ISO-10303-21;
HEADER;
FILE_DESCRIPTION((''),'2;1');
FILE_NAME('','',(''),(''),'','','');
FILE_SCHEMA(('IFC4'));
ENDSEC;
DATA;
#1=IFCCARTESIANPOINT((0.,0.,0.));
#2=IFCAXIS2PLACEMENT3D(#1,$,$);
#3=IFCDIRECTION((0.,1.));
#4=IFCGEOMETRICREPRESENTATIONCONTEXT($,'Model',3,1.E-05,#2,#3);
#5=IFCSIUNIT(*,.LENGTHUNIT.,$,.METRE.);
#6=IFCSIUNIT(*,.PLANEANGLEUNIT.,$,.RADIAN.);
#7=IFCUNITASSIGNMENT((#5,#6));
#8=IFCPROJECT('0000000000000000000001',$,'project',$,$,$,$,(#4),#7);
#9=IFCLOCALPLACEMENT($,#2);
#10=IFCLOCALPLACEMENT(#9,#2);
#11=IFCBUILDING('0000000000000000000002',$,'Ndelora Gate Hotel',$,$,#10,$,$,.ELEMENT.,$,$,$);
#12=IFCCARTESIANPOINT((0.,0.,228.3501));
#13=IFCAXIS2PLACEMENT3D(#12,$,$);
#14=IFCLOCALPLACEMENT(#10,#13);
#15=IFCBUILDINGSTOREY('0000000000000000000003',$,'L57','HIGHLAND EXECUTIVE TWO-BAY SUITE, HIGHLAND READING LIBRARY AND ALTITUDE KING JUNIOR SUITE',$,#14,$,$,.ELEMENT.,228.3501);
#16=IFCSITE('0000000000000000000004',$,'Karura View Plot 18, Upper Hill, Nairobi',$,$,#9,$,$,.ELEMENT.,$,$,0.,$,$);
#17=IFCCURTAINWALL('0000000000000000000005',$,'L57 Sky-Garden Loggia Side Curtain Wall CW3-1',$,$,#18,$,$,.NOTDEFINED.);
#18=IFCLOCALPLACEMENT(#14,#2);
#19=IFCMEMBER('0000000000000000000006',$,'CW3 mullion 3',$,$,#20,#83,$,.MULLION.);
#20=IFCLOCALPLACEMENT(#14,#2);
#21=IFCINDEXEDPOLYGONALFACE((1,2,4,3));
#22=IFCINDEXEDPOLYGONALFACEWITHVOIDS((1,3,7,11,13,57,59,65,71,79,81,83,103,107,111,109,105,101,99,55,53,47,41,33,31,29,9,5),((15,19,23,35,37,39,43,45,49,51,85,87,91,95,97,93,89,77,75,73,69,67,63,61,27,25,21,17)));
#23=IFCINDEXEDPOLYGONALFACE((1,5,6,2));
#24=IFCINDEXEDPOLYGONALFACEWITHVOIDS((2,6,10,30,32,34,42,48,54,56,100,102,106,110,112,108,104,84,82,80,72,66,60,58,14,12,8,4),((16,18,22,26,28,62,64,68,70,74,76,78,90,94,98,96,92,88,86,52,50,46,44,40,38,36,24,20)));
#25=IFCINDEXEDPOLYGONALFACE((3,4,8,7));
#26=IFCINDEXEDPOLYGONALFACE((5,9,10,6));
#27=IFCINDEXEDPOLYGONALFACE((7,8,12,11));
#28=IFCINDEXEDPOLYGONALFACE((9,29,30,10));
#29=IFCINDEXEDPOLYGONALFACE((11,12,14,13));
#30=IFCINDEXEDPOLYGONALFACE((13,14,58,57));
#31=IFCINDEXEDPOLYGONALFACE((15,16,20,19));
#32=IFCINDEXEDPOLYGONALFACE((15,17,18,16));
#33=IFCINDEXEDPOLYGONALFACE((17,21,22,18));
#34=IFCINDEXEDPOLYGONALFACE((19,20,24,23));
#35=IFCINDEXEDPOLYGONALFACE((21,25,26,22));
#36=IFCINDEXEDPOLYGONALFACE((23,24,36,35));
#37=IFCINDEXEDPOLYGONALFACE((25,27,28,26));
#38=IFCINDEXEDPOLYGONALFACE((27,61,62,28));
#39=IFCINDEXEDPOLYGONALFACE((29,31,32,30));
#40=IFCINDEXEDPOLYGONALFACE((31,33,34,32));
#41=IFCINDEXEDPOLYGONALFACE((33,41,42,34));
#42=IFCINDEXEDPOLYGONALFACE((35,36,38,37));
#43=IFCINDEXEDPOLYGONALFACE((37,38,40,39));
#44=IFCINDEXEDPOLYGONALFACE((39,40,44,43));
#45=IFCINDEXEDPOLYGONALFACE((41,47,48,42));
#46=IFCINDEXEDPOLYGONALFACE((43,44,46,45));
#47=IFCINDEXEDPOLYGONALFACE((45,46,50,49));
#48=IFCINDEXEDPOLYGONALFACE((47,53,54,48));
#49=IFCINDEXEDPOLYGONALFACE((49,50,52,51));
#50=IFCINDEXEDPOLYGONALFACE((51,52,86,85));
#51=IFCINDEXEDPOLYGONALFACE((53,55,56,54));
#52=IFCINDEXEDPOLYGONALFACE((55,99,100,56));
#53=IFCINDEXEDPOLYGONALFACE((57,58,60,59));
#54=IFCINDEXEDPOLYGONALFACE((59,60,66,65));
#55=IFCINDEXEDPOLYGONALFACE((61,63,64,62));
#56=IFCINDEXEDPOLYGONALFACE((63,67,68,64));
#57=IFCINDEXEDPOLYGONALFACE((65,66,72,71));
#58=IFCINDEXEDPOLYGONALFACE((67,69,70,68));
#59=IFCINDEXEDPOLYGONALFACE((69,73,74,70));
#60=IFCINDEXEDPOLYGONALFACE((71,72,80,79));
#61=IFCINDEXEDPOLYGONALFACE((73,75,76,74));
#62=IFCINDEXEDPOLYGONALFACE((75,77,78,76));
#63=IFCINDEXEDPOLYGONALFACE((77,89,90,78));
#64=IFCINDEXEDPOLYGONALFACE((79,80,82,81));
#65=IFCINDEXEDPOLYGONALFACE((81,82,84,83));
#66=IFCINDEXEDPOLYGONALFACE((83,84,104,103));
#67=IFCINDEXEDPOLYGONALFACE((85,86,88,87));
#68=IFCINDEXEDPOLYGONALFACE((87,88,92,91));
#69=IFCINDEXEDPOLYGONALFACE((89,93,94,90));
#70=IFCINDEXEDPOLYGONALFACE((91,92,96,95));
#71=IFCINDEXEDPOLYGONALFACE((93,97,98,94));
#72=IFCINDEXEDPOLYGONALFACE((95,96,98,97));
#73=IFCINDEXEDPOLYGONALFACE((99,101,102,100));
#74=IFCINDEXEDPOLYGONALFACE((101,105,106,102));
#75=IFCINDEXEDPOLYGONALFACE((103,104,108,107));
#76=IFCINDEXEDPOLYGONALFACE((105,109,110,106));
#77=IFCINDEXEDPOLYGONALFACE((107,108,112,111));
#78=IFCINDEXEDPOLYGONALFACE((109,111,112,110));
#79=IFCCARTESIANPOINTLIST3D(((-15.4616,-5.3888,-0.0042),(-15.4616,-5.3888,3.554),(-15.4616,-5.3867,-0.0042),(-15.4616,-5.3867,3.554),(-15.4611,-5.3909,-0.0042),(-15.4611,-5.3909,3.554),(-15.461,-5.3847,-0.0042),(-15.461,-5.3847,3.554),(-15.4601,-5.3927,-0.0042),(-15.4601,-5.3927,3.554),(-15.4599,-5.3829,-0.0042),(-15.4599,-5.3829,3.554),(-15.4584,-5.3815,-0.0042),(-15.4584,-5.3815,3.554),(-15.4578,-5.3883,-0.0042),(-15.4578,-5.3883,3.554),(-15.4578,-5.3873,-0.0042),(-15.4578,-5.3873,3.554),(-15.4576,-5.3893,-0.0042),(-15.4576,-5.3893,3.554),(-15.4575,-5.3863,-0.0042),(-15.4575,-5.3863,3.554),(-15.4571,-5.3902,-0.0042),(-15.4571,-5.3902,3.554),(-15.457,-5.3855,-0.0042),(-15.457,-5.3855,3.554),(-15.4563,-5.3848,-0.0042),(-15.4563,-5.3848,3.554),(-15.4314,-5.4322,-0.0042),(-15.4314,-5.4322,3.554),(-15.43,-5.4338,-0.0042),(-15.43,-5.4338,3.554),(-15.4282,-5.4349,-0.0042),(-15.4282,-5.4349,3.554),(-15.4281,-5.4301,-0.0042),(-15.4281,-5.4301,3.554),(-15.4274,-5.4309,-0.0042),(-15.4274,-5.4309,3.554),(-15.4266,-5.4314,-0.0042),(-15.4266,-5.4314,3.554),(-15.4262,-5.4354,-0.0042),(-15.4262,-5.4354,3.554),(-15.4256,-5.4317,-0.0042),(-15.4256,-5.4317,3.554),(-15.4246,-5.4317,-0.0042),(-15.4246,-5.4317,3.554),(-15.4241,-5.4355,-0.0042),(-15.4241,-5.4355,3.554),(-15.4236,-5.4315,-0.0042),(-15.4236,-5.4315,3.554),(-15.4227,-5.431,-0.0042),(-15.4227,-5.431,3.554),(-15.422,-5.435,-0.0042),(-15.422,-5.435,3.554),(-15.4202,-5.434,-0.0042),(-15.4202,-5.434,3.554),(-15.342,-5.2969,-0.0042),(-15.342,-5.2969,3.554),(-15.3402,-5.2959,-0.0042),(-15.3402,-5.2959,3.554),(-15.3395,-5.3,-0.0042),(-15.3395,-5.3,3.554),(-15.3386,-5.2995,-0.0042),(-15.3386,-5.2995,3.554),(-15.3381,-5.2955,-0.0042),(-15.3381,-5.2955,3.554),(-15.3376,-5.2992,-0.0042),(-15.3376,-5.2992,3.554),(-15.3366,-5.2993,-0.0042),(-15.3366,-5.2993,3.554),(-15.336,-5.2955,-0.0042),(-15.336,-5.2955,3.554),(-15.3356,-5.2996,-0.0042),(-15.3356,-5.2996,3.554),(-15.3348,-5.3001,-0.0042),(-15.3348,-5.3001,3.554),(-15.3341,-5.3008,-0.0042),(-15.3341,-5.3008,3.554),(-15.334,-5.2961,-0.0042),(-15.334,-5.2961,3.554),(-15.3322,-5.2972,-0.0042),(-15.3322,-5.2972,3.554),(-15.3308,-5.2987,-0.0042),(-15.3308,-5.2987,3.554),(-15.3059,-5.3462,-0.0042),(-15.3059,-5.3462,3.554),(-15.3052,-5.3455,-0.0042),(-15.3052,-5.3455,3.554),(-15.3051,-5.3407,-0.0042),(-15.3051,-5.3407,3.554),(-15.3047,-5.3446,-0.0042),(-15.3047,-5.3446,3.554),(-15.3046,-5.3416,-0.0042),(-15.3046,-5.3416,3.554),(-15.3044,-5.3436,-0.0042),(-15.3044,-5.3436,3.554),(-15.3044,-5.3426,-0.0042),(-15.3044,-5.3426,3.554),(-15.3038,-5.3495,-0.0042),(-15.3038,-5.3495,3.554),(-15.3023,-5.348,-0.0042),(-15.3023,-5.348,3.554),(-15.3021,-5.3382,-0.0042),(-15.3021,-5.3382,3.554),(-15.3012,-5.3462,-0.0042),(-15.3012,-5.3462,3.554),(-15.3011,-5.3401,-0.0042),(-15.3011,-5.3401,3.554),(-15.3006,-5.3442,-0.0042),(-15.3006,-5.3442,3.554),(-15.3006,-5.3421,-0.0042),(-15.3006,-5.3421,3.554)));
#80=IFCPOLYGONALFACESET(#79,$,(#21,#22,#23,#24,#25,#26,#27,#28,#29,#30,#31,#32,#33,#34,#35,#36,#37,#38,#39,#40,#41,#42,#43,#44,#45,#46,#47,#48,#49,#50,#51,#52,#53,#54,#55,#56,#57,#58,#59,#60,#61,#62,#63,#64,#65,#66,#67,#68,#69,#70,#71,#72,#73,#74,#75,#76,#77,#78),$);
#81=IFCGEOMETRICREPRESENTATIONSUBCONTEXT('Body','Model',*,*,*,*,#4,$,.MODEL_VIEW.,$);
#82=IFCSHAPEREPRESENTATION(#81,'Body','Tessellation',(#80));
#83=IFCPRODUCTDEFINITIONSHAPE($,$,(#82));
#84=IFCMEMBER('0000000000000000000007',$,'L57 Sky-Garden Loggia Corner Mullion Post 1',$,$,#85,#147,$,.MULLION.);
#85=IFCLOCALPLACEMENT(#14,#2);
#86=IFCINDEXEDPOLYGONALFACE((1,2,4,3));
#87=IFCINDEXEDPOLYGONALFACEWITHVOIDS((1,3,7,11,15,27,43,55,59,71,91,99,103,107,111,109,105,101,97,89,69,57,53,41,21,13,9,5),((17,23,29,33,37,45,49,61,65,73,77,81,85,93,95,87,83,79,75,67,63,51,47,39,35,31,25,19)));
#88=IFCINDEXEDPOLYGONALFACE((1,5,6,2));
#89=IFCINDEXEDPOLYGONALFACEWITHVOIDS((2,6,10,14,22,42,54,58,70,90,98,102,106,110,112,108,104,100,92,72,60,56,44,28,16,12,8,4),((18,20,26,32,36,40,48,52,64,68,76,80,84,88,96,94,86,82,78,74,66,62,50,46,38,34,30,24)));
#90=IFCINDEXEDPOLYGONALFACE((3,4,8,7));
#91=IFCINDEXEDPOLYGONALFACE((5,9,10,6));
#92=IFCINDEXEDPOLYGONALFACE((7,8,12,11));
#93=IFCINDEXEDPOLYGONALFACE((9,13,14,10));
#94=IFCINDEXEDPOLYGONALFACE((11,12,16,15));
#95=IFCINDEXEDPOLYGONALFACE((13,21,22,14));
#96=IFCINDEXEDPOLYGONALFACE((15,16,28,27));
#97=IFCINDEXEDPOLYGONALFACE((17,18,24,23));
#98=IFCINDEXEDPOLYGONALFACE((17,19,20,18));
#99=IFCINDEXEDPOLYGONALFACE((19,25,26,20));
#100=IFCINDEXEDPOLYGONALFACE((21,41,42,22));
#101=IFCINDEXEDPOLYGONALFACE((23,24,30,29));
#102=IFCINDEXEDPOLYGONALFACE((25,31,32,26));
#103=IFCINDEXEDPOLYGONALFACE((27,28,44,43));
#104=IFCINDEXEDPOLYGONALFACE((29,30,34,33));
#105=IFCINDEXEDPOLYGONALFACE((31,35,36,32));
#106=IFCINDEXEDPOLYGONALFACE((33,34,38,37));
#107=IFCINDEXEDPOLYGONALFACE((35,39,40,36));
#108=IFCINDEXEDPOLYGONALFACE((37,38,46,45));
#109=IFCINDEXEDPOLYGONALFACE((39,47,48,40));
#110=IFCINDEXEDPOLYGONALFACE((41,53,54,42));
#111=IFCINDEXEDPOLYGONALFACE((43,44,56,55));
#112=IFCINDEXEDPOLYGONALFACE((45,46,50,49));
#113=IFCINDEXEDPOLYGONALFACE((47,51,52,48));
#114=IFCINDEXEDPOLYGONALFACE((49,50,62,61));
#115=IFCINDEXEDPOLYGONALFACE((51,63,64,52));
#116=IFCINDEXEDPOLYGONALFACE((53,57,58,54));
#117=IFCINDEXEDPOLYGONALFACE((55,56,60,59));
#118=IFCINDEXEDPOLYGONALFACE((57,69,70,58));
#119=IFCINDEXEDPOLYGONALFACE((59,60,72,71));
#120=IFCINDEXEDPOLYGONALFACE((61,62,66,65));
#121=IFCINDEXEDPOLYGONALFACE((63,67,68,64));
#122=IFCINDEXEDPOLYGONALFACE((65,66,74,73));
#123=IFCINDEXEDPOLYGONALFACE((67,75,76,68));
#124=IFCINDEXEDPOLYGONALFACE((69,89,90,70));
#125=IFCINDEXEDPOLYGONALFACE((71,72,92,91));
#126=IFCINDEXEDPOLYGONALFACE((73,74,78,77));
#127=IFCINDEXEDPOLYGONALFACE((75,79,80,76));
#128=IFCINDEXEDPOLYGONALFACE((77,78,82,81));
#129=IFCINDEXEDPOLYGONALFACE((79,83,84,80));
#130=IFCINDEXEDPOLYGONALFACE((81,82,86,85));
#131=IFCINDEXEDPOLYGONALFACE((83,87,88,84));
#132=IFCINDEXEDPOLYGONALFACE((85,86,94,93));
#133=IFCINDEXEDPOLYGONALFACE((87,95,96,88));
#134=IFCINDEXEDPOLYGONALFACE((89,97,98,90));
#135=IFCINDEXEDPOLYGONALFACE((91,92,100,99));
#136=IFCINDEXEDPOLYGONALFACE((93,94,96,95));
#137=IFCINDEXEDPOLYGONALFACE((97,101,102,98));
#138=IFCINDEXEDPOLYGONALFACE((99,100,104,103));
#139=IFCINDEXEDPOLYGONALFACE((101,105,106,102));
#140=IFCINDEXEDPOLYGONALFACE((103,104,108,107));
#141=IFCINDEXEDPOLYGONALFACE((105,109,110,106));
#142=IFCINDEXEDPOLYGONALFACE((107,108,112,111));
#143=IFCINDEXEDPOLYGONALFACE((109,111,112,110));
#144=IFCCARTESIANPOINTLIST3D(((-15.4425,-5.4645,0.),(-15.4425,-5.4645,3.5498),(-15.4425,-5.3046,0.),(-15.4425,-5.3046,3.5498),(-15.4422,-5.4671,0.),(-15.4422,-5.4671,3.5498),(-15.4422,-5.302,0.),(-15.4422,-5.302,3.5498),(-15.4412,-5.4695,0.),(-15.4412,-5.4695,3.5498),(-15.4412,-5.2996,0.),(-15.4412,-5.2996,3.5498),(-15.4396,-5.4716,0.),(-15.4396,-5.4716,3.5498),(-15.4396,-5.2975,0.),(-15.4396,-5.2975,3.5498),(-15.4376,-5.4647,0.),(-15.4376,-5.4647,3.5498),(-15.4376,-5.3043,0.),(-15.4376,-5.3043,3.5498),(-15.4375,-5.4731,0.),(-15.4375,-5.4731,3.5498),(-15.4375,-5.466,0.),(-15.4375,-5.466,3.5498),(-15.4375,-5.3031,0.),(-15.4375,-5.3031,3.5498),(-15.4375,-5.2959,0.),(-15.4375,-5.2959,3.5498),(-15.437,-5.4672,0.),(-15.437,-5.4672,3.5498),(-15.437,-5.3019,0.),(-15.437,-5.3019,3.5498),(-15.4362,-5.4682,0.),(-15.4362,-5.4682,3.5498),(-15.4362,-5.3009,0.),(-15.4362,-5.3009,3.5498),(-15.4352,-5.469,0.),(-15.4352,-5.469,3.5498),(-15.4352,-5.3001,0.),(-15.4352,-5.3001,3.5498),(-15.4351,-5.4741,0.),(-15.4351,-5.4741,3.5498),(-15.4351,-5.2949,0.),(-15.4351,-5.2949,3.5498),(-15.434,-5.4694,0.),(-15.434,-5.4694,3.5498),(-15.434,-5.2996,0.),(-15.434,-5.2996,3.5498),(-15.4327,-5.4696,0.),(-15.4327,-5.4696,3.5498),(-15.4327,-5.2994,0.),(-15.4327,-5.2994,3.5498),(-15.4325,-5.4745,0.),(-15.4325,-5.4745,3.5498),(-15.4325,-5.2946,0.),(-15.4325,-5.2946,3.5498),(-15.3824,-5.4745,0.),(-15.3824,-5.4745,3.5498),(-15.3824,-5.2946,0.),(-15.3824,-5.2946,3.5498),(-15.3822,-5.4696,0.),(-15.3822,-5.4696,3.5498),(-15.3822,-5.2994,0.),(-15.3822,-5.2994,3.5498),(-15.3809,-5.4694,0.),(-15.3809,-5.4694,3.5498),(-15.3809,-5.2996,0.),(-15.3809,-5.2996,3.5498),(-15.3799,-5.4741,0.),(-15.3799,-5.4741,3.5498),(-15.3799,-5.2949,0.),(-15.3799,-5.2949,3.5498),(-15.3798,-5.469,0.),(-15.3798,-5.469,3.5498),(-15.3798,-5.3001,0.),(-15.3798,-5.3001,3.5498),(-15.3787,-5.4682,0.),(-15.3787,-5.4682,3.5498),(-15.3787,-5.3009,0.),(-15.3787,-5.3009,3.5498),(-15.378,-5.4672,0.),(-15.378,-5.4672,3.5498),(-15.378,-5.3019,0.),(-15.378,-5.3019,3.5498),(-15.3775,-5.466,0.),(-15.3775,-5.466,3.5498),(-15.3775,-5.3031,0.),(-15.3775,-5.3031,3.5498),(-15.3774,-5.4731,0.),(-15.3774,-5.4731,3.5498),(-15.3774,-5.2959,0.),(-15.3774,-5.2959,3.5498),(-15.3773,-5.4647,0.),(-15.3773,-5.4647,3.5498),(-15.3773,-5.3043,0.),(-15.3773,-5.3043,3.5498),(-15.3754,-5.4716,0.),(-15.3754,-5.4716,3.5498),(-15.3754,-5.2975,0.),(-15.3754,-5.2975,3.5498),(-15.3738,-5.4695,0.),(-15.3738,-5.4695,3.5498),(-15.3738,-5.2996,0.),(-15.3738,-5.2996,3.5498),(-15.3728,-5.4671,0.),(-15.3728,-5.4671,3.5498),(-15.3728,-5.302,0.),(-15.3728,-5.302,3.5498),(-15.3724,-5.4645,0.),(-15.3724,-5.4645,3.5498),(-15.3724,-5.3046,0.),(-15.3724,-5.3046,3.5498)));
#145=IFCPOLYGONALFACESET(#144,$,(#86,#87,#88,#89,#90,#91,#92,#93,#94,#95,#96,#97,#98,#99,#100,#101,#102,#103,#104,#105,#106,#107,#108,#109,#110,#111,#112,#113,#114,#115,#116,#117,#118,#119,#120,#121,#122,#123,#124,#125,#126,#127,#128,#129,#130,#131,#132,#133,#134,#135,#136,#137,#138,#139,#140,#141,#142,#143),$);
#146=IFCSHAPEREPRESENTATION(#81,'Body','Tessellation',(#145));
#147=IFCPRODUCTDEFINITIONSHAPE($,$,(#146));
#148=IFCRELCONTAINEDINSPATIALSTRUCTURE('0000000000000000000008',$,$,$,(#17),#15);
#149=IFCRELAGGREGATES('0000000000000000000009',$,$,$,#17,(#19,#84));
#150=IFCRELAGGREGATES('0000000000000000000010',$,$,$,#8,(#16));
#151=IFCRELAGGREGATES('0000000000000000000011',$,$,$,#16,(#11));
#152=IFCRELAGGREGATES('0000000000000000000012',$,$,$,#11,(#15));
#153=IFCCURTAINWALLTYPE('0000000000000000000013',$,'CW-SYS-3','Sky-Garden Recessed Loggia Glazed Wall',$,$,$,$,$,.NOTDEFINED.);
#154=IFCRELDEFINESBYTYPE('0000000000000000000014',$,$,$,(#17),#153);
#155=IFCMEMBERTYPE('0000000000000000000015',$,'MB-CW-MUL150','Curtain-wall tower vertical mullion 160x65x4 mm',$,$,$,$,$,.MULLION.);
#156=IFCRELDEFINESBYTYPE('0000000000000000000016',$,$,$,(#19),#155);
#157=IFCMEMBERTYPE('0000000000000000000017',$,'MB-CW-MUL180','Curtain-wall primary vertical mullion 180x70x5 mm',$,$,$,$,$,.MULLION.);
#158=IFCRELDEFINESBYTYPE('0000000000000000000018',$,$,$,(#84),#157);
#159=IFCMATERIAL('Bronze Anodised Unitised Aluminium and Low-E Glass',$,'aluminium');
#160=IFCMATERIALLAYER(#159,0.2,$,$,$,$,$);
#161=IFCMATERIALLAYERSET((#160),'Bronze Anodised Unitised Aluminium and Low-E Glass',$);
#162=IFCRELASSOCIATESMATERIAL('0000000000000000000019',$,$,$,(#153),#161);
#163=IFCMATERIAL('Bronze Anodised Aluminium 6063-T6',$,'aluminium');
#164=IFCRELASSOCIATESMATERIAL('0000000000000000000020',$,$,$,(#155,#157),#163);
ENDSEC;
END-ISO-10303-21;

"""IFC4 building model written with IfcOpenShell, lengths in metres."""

from ifc_helpers import new_model, si_unit, direction, frame, origin, origin_2d, place, context, subcontext, project, spatial, hollow_rectangle, extrude, material, layer, layer_set, material_profile, profile_set, type_object, element, aggregate, save


model = new_model("IFC4")

# Units and contexts
model_context = context("Model", 3, precision=1e-05, world=origin(), true_north=direction((0.0, 1.0)))
body_context = subcontext(model_context, "Body", "Model", "MODEL_VIEW")
ifc_project = project(units=[si_unit("LENGTHUNIT", "METRE"), si_unit("PLANEANGLEUNIT", "RADIAN")], contexts=[model_context])

# Site, building, storey
site_placement = place(None, origin())
site = spatial("IfcSite", under=ifc_project, at=site_placement, Name="Karura View Plot 18, Upper Hill, Nairobi", CompositionType="ELEMENT", RefElevation=0.0)
building_placement = place(site_placement, origin())
building = spatial("IfcBuilding", under=site, at=building_placement, Name="Ndelora Gate Hotel", CompositionType="ELEMENT")
storey_placement = place(building_placement, frame((0.0, 0.0, 228.3501)))
storey = spatial("IfcBuildingStorey", under=building, at=storey_placement, Name="L57", Description="HIGHLAND EXECUTIVE TWO-BAY SUITE, HIGHLAND READING LIBRARY AND ALTITUDE KING JUNIOR SUITE", CompositionType="ELEMENT", Elevation=228.3501)

# Curtain wall, members
ifc_material_1 = material(Name="Bronze Anodised Unitised Aluminium and Low-E Glass", Category="aluminium")
ifc_layer_1 = layer(ifc_material_1, 0.2)
ifc_layer_set_1 = layer_set([ifc_layer_1], Name="Bronze Anodised Unitised Aluminium and Low-E Glass")
curtain_wall_type = type_object("IfcCurtainWallType", Name="CW-SYS-3", Description="Sky-Garden Recessed Loggia Glazed Wall", PredefinedType="NOTDEFINED", material=ifc_layer_set_1)
curtain_wall_placement = place(storey_placement, origin())
curtain_wall = element("IfcCurtainWall", 1, at=curtain_wall_placement, inside=storey, type_object=curtain_wall_type, Name="L57 Sky-Garden Loggia Side Curtain Wall CW3-1", PredefinedType="NOTDEFINED")
ifc_material_2 = material(Name="Bronze Anodised Aluminium 6063-T6", Category="aluminium")
ifc_material_profile_1 = material_profile(ifc_material_2, hollow_rectangle(XDim=0.0649, YDim=0.1599, WallThickness=0.0039, InnerFilletRadius=0.0039, OuterFilletRadius=0.0081, at=origin_2d()), Name="ALU 160x65x4")
ifc_profile_set_1 = profile_set([ifc_material_profile_1], Name="Bronze Anodised Aluminium 6063-T6")
member_type_1 = type_object("IfcMemberType", Name="MB-CW-MUL150", Description="Curtain-wall tower vertical mullion 160x65x4 mm", PredefinedType="MULLION", material=ifc_profile_set_1)
member_1_placement = place(storey_placement, frame((-15.3811, -5.3655, -0.0042), z_axis=(0.0, 0.0, 1.0), x_axis=(0.587785, -0.809017, 0.0)))
member_1 = element("IfcMember", 2, at=member_1_placement, type_object=member_type_1, Name="CW3 mullion 3", PredefinedType="MULLION", context=body_context, shape_type="SweptSolid", body=[
    extrude(hollow_rectangle(XDim=0.0649, YDim=0.1599, WallThickness=0.0039, InnerFilletRadius=0.0039, OuterFilletRadius=0.0081, at=origin_2d()), origin(), (0.0, 0.0, 1.0), 3.5581),
])
ifc_material_profile_2 = material_profile(ifc_material_2, hollow_rectangle(XDim=0.0701, YDim=0.1799, WallThickness=0.0049, InnerFilletRadius=0.0049, OuterFilletRadius=0.01, at=origin_2d()), Name="ALU 180x70x5")
ifc_profile_set_2 = profile_set([ifc_material_profile_2], Name="Bronze Anodised Aluminium 6063-T6")
member_type_2 = type_object("IfcMemberType", Name="MB-CW-MUL180", Description="Curtain-wall primary vertical mullion 180x70x5 mm", PredefinedType="MULLION", material=ifc_profile_set_2)
member_2_placement = place(storey_placement, frame((-15.4075, -5.3845, 0.0), z_axis=(0.0, 0.0, 1.0), x_axis=(1.0, 0.0, 0.0)))
member_2 = element("IfcMember", 3, at=member_2_placement, type_object=member_type_2, Name="L57 Sky-Garden Loggia Corner Mullion Post 1", PredefinedType="MULLION", context=body_context, shape_type="SweptSolid", body=[
    extrude(hollow_rectangle(XDim=0.0701, YDim=0.1799, WallThickness=0.0049, InnerFilletRadius=0.0049, OuterFilletRadius=0.01, at=origin_2d()), origin(), (0.0, 0.0, 1.0), 3.5498),
])
aggregate(curtain_wall, [member_1, member_2])

save(model, "model.ifc")
